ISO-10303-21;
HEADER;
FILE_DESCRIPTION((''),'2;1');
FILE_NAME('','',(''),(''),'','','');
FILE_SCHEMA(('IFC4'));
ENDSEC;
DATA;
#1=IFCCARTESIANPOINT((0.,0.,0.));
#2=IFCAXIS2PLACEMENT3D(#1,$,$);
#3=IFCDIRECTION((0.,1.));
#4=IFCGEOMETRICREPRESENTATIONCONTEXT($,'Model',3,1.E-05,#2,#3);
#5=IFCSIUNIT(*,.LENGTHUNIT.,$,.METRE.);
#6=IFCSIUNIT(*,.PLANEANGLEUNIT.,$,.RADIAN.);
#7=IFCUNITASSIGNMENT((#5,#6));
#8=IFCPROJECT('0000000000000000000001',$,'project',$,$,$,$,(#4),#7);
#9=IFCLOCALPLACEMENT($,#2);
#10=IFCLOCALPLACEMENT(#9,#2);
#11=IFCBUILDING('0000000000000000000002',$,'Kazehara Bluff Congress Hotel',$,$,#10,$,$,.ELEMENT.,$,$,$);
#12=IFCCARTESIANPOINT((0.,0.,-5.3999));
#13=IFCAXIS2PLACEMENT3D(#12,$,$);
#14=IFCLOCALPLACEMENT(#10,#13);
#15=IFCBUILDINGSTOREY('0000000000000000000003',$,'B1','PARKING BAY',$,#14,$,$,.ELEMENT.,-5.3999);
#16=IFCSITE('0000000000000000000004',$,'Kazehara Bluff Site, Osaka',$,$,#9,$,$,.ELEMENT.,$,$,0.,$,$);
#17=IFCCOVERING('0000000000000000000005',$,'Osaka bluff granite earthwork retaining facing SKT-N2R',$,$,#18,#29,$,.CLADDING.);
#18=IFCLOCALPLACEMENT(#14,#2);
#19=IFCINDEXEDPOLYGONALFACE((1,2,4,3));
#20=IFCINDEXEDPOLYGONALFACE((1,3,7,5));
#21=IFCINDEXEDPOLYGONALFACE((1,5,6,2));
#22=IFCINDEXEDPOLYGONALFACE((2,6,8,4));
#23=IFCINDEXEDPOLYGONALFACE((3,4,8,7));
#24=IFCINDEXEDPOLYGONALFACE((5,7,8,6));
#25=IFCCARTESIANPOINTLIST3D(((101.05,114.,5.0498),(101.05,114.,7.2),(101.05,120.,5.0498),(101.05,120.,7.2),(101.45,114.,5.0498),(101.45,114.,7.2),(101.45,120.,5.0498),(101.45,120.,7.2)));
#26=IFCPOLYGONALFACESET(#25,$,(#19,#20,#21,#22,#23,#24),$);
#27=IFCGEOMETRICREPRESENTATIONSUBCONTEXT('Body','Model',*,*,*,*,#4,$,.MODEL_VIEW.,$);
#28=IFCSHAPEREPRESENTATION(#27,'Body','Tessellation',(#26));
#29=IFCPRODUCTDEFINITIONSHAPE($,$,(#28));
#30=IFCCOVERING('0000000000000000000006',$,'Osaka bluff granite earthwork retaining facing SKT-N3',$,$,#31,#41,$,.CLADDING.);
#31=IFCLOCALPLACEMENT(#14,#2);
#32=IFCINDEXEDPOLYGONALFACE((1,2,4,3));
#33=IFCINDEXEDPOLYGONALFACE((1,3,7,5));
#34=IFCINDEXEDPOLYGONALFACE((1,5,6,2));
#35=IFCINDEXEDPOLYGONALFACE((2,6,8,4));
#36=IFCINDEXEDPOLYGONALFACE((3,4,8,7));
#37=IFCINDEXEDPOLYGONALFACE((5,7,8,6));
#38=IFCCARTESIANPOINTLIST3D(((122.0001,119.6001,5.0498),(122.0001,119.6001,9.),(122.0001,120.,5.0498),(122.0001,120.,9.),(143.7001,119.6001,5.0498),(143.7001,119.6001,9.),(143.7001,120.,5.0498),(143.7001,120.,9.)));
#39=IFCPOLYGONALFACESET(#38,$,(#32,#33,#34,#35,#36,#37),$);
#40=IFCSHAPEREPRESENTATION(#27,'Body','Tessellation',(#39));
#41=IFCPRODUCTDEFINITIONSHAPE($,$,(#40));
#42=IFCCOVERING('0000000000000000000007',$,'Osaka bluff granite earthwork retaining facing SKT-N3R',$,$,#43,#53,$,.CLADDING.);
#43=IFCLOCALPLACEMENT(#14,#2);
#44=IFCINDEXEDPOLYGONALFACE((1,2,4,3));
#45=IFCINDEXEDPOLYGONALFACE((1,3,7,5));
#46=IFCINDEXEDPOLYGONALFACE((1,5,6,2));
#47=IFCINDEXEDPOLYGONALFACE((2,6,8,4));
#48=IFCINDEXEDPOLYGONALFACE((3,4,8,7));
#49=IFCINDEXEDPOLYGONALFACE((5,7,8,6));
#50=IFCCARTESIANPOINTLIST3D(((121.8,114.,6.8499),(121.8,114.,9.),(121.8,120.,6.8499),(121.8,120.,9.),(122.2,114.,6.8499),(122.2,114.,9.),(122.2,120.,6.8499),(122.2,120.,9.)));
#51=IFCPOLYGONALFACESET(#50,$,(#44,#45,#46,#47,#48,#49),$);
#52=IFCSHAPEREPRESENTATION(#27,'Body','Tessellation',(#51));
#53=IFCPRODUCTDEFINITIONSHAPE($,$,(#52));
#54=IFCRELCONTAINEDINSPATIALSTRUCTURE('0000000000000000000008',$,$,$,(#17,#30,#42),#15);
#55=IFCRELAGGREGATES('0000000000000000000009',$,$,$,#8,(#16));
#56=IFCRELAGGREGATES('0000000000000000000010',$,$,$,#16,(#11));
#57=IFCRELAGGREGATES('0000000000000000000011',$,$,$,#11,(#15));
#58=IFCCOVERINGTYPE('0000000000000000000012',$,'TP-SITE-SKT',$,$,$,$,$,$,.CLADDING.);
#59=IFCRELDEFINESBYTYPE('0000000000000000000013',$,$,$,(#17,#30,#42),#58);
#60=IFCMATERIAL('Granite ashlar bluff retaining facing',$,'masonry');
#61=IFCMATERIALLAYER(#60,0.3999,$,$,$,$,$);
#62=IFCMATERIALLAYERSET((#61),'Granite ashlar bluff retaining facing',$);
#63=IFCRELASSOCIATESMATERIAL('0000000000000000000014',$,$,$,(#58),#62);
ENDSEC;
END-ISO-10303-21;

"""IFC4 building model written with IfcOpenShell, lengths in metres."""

from ifc_helpers import new_model, si_unit, direction, frame, frame_2d, origin, place, context, subcontext, project, spatial, rectangle, extrude, material, layer, layer_set, type_object, element, save


model = new_model("IFC4")

# Units and contexts
model_context = context("Model", 3, precision=1e-05, world=origin(), true_north=direction((0.0, 1.0)))
body_context = subcontext(model_context, "Body", "Model", "MODEL_VIEW")
ifc_project = project(units=[si_unit("LENGTHUNIT", "METRE"), si_unit("PLANEANGLEUNIT", "RADIAN")], contexts=[model_context])

# Site, building, storey
site_placement = place(None, origin())
site = spatial("IfcSite", under=ifc_project, at=site_placement, Name="Kazehara Bluff Site, Osaka", CompositionType="ELEMENT", RefElevation=0.0)
building_placement = place(site_placement, origin())
building = spatial("IfcBuilding", under=site, at=building_placement, Name="Kazehara Bluff Congress Hotel", CompositionType="ELEMENT")
storey_placement = place(building_placement, frame((0.0, 0.0, -5.3999)))
storey = spatial("IfcBuildingStorey", under=building, at=storey_placement, Name="B1", Description="PARKING BAY", CompositionType="ELEMENT", Elevation=-5.3999)

# Coverings
ifc_material_1 = material(Name="Granite ashlar bluff retaining facing", Category="masonry")
ifc_layer_1 = layer(ifc_material_1, 0.3999)
ifc_layer_set_1 = layer_set([ifc_layer_1], Name="Granite ashlar bluff retaining facing")
covering_type = type_object("IfcCoveringType", Name="TP-SITE-SKT", PredefinedType="CLADDING", material=ifc_layer_set_1)
covering_1_placement = place(storey_placement, frame((101.25, 114.0, 5.0498), z_axis=(0.0, 0.0, 1.0), x_axis=(0.0, 1.0, 0.0)))
element("IfcCovering", 1, at=covering_1_placement, inside=storey, type_object=covering_type, Name="Osaka bluff granite earthwork retaining facing SKT-N2R", PredefinedType="CLADDING", context=body_context, shape_type="SweptSolid", body=[
    extrude(rectangle(XDim=6.0, YDim=0.3999, at=frame_2d((3.0, 0.0))), origin(), (0.0, 0.0, 1.0), 2.1501),
])
covering_2_placement = place(storey_placement, frame((122.0, 119.8, 5.0498), z_axis=(0.0, 0.0, 1.0), x_axis=(1.0, 0.0, 0.0)))
element("IfcCovering", 2, at=covering_2_placement, inside=storey, type_object=covering_type, Name="Osaka bluff granite earthwork retaining facing SKT-N3", PredefinedType="CLADDING", context=body_context, shape_type="SweptSolid", body=[
    extrude(rectangle(XDim=21.7, YDim=0.3999, at=frame_2d((10.8501, 0.0))), origin(), (0.0, 0.0, 1.0), 3.9502),
])
covering_3_placement = place(storey_placement, frame((122.0, 114.0, 6.8499), z_axis=(0.0, 0.0, 1.0), x_axis=(0.0, 1.0, 0.0)))
element("IfcCovering", 3, at=covering_3_placement, inside=storey, type_object=covering_type, Name="Osaka bluff granite earthwork retaining facing SKT-N3R", PredefinedType="CLADDING", context=body_context, shape_type="SweptSolid", body=[
    extrude(rectangle(XDim=6.0, YDim=0.3999, at=frame_2d((3.0, 0.0))), origin(), (0.0, 0.0, 1.0), 2.1501),
])

save(model, "model.ifc")
